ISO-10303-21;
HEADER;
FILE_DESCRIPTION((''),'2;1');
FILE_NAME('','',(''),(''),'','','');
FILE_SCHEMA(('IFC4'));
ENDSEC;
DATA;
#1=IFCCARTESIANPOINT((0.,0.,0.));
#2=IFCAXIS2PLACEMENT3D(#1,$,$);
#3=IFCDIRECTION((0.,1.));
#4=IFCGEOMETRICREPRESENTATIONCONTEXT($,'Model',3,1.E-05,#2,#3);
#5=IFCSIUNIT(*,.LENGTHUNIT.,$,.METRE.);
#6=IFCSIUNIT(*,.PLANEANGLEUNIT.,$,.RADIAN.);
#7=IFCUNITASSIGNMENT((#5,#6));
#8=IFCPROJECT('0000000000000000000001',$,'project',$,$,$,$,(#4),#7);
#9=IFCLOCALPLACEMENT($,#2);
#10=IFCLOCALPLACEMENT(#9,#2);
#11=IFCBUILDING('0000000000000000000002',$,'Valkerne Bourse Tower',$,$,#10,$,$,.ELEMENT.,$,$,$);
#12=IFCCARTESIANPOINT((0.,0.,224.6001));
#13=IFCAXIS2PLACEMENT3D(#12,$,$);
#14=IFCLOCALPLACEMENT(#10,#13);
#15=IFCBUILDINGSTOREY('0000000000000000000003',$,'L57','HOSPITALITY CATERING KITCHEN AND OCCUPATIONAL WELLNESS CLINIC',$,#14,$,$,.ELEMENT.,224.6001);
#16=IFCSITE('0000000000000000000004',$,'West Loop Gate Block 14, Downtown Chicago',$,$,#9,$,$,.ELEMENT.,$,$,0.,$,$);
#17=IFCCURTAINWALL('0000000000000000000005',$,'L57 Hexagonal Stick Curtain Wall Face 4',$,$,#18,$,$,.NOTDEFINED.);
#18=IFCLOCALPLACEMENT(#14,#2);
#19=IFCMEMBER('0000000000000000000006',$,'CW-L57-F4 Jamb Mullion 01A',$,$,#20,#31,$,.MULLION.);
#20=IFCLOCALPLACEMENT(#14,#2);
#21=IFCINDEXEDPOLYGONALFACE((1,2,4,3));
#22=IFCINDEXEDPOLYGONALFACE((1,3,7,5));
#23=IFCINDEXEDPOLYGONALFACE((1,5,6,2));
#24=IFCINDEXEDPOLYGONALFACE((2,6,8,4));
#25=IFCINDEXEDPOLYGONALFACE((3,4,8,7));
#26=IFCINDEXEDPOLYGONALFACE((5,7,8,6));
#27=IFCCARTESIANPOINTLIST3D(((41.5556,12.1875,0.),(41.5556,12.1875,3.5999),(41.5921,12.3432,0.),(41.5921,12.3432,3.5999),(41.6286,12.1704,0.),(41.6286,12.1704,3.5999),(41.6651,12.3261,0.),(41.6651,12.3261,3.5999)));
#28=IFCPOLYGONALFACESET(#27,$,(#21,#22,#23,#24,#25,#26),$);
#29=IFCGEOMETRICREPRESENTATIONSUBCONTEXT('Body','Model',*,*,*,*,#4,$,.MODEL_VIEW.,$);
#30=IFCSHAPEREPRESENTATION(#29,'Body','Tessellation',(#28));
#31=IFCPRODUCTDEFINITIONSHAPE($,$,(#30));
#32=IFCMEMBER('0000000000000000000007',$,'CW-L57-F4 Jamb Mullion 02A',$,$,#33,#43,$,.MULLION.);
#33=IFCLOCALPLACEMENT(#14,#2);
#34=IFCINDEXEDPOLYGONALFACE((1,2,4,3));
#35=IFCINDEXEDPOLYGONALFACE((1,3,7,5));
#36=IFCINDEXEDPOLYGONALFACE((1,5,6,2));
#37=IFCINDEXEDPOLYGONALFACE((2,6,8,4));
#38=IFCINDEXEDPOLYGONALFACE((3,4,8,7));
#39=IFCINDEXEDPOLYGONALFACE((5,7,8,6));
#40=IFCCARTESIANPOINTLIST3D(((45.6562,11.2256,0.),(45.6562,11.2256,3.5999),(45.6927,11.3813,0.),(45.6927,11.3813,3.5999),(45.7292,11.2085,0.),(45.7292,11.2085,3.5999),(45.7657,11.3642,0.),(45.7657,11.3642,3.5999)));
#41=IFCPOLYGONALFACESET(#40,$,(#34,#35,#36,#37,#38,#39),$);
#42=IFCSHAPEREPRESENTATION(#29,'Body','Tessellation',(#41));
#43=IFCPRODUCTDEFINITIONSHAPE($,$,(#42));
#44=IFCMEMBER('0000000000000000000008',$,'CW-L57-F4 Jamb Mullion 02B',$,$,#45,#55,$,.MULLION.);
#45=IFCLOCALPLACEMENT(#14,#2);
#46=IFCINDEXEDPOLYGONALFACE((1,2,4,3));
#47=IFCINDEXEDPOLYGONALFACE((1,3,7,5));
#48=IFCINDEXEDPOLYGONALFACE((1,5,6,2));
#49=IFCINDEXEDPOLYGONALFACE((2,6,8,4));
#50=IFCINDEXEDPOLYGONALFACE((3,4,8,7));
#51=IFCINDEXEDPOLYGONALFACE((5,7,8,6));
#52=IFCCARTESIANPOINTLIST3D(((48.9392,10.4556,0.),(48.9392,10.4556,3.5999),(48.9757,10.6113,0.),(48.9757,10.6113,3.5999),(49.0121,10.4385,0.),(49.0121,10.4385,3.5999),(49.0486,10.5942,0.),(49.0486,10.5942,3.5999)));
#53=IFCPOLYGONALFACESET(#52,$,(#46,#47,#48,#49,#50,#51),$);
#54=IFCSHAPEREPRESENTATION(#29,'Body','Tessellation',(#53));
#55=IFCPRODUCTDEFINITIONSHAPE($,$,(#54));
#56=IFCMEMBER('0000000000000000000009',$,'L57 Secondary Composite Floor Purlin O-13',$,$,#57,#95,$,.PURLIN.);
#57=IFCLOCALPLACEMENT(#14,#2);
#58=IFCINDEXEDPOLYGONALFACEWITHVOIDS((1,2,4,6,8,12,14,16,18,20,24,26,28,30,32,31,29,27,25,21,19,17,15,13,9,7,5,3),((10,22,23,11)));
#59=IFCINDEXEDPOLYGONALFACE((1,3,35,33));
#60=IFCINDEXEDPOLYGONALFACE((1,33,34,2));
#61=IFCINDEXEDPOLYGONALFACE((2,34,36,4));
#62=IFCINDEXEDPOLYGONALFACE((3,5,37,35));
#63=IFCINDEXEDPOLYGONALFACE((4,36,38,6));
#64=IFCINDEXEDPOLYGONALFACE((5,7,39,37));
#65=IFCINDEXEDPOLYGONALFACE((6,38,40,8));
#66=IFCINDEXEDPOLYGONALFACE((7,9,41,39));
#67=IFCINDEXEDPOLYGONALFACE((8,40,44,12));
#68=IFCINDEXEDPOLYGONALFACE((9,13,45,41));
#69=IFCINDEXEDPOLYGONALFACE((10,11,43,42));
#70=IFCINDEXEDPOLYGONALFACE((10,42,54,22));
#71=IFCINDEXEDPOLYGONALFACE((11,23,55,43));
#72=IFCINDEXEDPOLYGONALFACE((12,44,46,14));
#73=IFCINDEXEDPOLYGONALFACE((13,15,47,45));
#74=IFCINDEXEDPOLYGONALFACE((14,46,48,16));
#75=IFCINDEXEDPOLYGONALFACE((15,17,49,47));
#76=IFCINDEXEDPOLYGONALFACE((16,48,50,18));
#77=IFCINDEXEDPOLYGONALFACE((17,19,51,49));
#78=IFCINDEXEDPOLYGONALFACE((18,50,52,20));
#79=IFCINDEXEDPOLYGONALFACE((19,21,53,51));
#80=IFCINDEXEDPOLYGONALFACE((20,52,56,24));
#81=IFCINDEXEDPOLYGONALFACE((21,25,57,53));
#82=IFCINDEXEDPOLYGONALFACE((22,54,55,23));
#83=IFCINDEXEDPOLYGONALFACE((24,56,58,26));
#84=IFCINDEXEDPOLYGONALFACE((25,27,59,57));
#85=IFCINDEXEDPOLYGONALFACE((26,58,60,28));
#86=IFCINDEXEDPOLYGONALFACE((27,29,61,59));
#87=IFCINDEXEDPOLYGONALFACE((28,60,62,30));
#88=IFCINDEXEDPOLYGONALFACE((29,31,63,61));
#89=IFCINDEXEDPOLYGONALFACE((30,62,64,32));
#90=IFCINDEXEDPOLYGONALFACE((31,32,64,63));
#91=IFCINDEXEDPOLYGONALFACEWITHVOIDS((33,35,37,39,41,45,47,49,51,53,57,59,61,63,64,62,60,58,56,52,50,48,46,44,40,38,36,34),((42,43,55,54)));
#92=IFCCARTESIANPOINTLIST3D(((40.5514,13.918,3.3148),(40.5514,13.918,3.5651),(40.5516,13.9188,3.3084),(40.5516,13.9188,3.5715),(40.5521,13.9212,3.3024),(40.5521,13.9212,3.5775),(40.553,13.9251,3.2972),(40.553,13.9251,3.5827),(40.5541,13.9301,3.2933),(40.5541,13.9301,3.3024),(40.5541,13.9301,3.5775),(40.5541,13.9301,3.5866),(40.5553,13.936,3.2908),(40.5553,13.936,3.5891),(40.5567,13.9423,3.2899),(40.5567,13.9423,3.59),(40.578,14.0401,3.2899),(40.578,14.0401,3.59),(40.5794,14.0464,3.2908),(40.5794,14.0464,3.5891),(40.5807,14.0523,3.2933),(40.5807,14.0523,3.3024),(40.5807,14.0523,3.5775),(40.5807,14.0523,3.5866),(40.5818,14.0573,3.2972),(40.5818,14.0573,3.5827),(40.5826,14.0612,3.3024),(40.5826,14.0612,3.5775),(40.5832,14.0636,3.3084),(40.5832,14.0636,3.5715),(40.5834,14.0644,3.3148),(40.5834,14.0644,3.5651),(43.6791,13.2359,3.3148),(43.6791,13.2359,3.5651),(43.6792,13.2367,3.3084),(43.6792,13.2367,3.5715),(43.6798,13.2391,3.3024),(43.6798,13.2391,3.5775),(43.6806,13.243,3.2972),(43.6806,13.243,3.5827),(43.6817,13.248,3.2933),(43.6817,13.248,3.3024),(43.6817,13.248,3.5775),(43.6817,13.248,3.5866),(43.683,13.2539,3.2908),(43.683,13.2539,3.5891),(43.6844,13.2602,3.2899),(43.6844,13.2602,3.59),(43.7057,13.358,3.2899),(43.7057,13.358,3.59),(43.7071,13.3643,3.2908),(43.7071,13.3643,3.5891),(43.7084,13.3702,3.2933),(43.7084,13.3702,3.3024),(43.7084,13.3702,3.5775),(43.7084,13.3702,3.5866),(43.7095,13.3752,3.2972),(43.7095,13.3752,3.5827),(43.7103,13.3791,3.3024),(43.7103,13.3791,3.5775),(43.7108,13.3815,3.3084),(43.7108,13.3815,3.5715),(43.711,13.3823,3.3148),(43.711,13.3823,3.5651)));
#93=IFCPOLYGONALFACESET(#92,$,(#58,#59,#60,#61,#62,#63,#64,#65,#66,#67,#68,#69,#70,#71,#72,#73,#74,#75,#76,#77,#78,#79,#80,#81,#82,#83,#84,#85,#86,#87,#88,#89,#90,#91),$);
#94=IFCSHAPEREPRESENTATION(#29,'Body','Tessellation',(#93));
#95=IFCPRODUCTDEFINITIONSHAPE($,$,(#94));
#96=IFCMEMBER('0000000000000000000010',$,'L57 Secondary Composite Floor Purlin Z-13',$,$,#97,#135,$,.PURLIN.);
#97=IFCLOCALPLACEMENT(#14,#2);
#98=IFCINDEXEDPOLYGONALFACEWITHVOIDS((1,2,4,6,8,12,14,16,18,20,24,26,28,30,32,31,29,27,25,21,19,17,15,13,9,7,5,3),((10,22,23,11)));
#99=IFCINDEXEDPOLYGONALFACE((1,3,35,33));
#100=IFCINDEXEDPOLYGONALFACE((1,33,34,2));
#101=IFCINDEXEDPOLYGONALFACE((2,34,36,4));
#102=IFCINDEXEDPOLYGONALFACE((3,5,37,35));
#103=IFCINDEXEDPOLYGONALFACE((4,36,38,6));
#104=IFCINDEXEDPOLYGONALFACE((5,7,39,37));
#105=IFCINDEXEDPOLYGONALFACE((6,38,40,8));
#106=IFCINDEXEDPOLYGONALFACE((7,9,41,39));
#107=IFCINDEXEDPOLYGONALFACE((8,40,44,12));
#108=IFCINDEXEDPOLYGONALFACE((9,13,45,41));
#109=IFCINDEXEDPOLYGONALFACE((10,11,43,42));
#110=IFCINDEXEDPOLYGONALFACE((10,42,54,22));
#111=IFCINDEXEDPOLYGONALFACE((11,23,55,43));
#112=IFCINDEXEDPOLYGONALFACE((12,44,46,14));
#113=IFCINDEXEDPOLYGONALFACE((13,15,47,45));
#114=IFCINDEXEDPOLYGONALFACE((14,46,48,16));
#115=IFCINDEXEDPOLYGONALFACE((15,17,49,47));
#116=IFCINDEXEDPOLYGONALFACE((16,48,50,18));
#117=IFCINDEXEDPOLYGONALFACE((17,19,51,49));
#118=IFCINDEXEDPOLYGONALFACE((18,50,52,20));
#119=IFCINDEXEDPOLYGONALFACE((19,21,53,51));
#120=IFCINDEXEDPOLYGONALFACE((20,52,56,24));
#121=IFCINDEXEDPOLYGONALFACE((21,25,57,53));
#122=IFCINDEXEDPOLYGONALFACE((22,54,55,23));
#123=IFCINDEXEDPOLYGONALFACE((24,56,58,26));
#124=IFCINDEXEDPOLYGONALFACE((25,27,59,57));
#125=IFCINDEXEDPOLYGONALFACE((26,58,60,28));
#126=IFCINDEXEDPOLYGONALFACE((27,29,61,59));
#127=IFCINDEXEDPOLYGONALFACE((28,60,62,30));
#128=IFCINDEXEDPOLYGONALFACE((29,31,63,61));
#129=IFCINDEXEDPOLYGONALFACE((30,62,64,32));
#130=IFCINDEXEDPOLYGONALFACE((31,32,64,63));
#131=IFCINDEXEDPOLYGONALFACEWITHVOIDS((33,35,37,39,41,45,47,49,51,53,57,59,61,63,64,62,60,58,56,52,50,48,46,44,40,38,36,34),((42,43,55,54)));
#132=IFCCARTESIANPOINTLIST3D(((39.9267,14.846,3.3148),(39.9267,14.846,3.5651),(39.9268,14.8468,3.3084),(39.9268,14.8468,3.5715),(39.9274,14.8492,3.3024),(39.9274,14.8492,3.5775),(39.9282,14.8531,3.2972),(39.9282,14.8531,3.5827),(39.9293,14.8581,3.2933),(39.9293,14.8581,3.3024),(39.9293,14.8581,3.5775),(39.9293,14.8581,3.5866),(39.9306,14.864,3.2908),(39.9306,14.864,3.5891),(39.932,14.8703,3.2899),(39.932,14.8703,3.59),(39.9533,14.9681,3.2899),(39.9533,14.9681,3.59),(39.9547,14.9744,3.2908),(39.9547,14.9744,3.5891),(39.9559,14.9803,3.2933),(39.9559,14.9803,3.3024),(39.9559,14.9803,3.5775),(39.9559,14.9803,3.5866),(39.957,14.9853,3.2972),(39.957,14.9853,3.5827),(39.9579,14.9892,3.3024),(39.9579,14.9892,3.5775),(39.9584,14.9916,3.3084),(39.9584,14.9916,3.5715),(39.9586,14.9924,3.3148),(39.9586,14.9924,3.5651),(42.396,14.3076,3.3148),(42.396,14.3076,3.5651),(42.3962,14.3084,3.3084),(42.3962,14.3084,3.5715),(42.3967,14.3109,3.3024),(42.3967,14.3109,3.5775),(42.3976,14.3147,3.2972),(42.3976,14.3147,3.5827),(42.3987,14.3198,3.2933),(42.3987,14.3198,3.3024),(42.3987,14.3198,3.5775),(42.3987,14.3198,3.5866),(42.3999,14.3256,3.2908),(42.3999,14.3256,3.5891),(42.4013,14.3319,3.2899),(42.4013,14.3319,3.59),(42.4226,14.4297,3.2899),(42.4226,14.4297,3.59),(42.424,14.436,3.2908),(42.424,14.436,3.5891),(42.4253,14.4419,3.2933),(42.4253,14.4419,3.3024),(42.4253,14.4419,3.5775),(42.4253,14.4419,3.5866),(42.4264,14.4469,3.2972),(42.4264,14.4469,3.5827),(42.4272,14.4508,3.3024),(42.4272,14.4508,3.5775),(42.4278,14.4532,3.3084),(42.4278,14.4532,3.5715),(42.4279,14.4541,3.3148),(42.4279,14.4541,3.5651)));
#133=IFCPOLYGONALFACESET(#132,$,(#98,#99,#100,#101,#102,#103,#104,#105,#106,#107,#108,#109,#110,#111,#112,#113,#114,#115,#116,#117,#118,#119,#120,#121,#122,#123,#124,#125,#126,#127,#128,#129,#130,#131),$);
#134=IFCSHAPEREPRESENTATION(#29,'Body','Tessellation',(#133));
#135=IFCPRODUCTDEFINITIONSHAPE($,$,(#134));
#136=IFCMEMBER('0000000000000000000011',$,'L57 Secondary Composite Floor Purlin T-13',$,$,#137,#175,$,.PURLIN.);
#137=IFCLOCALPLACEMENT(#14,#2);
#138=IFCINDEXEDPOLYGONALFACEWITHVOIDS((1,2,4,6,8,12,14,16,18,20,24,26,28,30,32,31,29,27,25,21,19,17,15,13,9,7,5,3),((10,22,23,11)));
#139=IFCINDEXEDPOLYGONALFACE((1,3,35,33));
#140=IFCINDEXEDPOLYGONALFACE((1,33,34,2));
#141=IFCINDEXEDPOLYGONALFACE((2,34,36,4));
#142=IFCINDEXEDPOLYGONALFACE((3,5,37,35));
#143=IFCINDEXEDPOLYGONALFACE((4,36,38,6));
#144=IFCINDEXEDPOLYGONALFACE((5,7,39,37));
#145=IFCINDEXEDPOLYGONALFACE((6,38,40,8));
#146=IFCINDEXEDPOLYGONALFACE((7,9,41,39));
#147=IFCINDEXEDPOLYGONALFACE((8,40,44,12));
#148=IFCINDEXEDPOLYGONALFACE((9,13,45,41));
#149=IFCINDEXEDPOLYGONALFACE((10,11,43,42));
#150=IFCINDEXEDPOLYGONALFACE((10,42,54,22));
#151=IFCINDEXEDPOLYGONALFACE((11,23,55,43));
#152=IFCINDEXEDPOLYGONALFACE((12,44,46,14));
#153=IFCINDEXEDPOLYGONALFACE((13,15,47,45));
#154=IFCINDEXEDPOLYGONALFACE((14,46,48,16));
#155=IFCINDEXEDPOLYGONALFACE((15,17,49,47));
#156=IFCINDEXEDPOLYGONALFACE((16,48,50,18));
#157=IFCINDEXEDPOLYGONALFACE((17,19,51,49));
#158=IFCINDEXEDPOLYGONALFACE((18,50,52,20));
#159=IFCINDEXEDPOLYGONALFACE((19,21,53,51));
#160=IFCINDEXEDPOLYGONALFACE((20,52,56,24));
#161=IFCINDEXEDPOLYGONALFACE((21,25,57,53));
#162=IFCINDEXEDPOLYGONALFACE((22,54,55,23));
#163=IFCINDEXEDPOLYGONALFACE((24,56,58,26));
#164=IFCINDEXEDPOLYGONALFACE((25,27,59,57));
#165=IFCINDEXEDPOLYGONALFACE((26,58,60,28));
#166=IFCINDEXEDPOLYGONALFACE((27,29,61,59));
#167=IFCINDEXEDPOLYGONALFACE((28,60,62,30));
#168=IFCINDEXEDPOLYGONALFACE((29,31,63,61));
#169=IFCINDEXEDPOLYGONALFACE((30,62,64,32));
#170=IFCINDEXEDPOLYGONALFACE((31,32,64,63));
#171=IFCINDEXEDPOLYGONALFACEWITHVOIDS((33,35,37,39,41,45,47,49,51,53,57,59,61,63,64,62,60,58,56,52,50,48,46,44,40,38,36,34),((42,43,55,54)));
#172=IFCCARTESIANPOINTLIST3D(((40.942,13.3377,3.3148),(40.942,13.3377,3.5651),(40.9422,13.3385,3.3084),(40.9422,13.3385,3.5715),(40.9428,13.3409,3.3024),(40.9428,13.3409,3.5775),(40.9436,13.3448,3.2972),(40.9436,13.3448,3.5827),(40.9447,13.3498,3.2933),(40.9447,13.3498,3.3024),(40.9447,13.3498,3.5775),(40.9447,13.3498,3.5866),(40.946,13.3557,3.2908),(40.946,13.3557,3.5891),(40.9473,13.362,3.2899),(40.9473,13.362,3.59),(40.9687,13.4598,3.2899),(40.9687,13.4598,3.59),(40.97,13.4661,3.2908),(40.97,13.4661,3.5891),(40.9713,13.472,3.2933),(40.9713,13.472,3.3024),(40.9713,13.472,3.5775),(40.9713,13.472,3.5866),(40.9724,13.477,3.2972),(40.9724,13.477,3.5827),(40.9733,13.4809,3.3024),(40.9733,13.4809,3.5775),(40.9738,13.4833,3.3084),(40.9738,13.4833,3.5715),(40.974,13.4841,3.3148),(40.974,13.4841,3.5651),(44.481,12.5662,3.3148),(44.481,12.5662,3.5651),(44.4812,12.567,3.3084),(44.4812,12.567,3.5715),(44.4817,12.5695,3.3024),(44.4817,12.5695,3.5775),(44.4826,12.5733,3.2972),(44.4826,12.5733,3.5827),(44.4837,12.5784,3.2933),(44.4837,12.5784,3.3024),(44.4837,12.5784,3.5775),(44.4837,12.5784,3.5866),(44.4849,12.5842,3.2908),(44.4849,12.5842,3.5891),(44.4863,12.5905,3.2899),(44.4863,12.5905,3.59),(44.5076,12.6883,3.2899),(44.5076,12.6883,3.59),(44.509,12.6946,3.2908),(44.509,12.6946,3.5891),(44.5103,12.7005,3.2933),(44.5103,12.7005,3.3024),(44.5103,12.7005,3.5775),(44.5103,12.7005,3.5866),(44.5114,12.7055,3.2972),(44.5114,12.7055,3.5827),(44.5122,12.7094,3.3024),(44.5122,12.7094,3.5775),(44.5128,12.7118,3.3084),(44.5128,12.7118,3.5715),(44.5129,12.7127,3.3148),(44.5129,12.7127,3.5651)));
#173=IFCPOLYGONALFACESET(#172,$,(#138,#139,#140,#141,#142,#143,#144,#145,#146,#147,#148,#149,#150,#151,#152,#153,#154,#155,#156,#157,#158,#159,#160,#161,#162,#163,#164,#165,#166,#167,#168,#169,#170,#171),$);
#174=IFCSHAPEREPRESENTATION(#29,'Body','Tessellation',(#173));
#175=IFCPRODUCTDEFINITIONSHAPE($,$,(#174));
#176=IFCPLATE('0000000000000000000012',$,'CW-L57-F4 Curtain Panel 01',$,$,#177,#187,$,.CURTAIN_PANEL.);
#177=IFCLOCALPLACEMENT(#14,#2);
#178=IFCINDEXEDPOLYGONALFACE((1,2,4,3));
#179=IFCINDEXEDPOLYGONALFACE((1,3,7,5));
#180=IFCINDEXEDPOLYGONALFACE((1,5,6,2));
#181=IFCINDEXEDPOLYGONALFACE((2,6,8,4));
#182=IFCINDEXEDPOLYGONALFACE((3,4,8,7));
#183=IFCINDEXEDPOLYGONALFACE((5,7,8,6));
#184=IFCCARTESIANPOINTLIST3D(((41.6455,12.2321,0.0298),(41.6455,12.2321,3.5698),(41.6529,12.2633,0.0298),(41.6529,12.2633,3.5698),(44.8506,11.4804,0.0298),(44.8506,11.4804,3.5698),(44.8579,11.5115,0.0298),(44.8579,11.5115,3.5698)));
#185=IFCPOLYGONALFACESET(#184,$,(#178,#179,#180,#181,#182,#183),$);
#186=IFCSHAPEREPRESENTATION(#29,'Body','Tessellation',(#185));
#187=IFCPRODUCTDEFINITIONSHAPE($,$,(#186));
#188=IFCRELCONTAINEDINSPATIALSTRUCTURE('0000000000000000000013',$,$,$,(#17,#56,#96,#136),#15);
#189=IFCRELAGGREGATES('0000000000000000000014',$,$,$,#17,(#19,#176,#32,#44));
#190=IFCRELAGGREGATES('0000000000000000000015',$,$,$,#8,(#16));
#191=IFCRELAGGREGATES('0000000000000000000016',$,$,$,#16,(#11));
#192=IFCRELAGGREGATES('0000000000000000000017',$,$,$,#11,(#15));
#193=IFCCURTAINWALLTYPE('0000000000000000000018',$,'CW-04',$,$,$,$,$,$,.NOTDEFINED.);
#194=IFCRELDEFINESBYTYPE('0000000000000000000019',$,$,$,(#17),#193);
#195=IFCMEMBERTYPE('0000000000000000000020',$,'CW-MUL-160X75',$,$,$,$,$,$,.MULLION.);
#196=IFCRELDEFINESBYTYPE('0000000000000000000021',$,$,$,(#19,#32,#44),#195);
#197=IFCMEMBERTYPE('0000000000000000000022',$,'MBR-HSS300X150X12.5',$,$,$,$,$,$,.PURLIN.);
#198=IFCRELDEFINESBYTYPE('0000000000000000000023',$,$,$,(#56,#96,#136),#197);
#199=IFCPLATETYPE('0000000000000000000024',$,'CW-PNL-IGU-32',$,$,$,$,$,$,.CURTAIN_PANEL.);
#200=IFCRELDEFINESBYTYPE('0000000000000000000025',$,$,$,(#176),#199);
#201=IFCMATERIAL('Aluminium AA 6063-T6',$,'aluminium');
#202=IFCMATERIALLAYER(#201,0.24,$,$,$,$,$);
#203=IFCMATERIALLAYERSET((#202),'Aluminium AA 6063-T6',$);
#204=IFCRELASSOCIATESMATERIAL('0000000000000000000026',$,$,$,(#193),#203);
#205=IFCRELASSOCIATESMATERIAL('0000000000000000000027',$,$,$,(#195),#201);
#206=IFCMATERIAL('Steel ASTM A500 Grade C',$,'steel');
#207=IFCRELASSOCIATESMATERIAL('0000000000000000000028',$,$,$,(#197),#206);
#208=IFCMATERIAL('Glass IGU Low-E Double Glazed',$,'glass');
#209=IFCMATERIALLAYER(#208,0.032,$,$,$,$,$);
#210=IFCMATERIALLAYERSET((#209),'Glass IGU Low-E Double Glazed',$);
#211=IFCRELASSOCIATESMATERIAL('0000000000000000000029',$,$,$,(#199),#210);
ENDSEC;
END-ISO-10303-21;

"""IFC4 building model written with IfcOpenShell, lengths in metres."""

from ifc_helpers import new_model, si_unit, direction, frame, origin, origin_2d, place, context, subcontext, project, spatial, rectangle, hollow_rectangle, extrude, material, layer, layer_set, material_profile, profile_set, type_object, element, aggregate, save


model = new_model("IFC4")

# Units and contexts
model_context = context("Model", 3, precision=1e-05, world=origin(), true_north=direction((0.0, 1.0)))
body_context = subcontext(model_context, "Body", "Model", "MODEL_VIEW")
ifc_project = project(units=[si_unit("LENGTHUNIT", "METRE"), si_unit("PLANEANGLEUNIT", "RADIAN")], contexts=[model_context])

# Site, building, storey
site_placement = place(None, origin())
site = spatial("IfcSite", under=ifc_project, at=site_placement, Name="West Loop Gate Block 14, Downtown Chicago", CompositionType="ELEMENT", RefElevation=0.0)
building_placement = place(site_placement, origin())
building = spatial("IfcBuilding", under=site, at=building_placement, Name="Valkerne Bourse Tower", CompositionType="ELEMENT")
storey_placement = place(building_placement, frame((0.0, 0.0, 224.6001)))
storey = spatial("IfcBuildingStorey", under=building, at=storey_placement, Name="L57", Description="HOSPITALITY CATERING KITCHEN AND OCCUPATIONAL WELLNESS CLINIC", CompositionType="ELEMENT", Elevation=224.6001)

# Curtain wall, members
ifc_material_1 = material(Name="Aluminium AA 6063-T6", Category="aluminium")
ifc_layer_1 = layer(ifc_material_1, 0.24)
ifc_layer_set_1 = layer_set([ifc_layer_1], Name="Aluminium AA 6063-T6")
curtain_wall_type = type_object("IfcCurtainWallType", Name="CW-04", PredefinedType="NOTDEFINED", material=ifc_layer_set_1)
curtain_wall_placement = place(storey_placement, origin())
curtain_wall = element("IfcCurtainWall", 1, at=curtain_wall_placement, inside=storey, type_object=curtain_wall_type, Name="L57 Hexagonal Stick Curtain Wall Face 4", PredefinedType="NOTDEFINED")
ifc_material_profile_1 = material_profile(ifc_material_1, rectangle(XDim=0.075, YDim=0.1599, at=origin_2d()), Name="CWM-75X160")
ifc_profile_set_1 = profile_set([ifc_material_profile_1], Name="Aluminium AA 6063-T6")
member_type_1 = type_object("IfcMemberType", Name="CW-MUL-160X75", PredefinedType="MULLION", material=ifc_profile_set_1)
member_1_placement = place(storey_placement, frame((41.6104, 12.2568, 0.0), z_axis=(0.0, 0.0, 1.0), x_axis=(0.973579, -0.228349, 0.0)))
member_1 = element("IfcMember", 2, at=member_1_placement, type_object=member_type_1, Name="CW-L57-F4 Jamb Mullion 01A", PredefinedType="MULLION", context=body_context, shape_type="SweptSolid", body=[
    extrude(rectangle(XDim=0.075, YDim=0.1599, at=origin_2d()), origin(), (0.0, 0.0, 1.0), 3.5999),
])
member_2_placement = place(storey_placement, frame((45.7109, 11.2949, 0.0), z_axis=(0.0, 0.0, 1.0), x_axis=(0.973579, -0.228349, 0.0)))
member_2 = element("IfcMember", 3, at=member_2_placement, type_object=member_type_1, Name="CW-L57-F4 Jamb Mullion 02A", PredefinedType="MULLION", context=body_context, shape_type="SweptSolid", body=[
    extrude(rectangle(XDim=0.075, YDim=0.1599, at=origin_2d()), origin(), (0.0, 0.0, 1.0), 3.5999),
])
member_3_placement = place(storey_placement, frame((48.9939, 10.5249, 0.0), z_axis=(0.0, 0.0, 1.0), x_axis=(0.973579, -0.228349, 0.0)))
member_3 = element("IfcMember", 4, at=member_3_placement, type_object=member_type_1, Name="CW-L57-F4 Jamb Mullion 02B", PredefinedType="MULLION", context=body_context, shape_type="SweptSolid", body=[
    extrude(rectangle(XDim=0.075, YDim=0.1599, at=origin_2d()), origin(), (0.0, 0.0, 1.0), 3.5999),
])

# Members
ifc_material_2 = material(Name="Steel ASTM A500 Grade C", Category="steel")
ifc_material_profile_2 = material_profile(ifc_material_2, hollow_rectangle(XDim=0.1499, YDim=0.3, WallThickness=0.0125, OuterFilletRadius=0.0249, at=origin_2d()), Name="HSS300X150X12.5")
ifc_profile_set_2 = profile_set([ifc_material_profile_2], Name="Steel ASTM A500 Grade C")
member_type_2 = type_object("IfcMemberType", Name="MBR-HSS300X150X12.5", PredefinedType="PURLIN", material=ifc_profile_set_2)
member_4_placement = place(storey_placement, frame((40.5674, 13.9912, 3.4399), z_axis=(0.977034, -0.213085, 0.0), x_axis=(0.213085, 0.977034, 0.0)))
element("IfcMember", 5, at=member_4_placement, inside=storey, type_object=member_type_2, Name="L57 Secondary Composite Floor Purlin O-13", PredefinedType="PURLIN", context=body_context, shape_type="SweptSolid", body=[
    extrude(hollow_rectangle(XDim=0.1499, YDim=0.3, WallThickness=0.0125, OuterFilletRadius=0.0249, at=origin_2d()), origin(), (0.0, 0.0, 1.0), 3.2012),
])
member_5_placement = place(storey_placement, frame((39.9426, 14.9192, 3.4399), z_axis=(0.97705, -0.213011, 0.0), x_axis=(0.213011, 0.97705, 0.0)))
element("IfcMember", 6, at=member_5_placement, inside=storey, type_object=member_type_2, Name="L57 Secondary Composite Floor Purlin Z-13", PredefinedType="PURLIN", context=body_context, shape_type="SweptSolid", body=[
    extrude(hollow_rectangle(XDim=0.1499, YDim=0.3, WallThickness=0.0125, OuterFilletRadius=0.0249, at=origin_2d()), origin(), (0.0, 0.0, 1.0), 2.5273),
])
member_6_placement = place(storey_placement, frame((40.958, 13.4109, 3.4399), z_axis=(0.977055, -0.212989, 0.0), x_axis=(0.212989, 0.977055, 0.0)))
element("IfcMember", 7, at=member_6_placement, inside=storey, type_object=member_type_2, Name="L57 Secondary Composite Floor Purlin T-13", PredefinedType="PURLIN", context=body_context, shape_type="SweptSolid", body=[
    extrude(hollow_rectangle(XDim=0.1499, YDim=0.3, WallThickness=0.0125, OuterFilletRadius=0.0249, at=origin_2d()), origin(), (0.0, 0.0, 1.0), 3.6221),
])

# Plate
ifc_material_3 = material(Name="Glass IGU Low-E Double Glazed", Category="glass")
ifc_layer_2 = layer(ifc_material_3, 0.032)
ifc_layer_set_2 = layer_set([ifc_layer_2], Name="Glass IGU Low-E Double Glazed")
plate_type = type_object("IfcPlateType", Name="CW-PNL-IGU-32", PredefinedType="CURTAIN_PANEL", material=ifc_layer_set_2)
plate_1_placement = place(storey_placement, frame((43.2517, 11.8718, 0.0298), z_axis=(0.0, 0.0, 1.0), x_axis=(0.973579, -0.228349, 0.0)))
plate_1 = element("IfcPlate", 8, at=plate_1_placement, type_object=plate_type, Name="CW-L57-F4 Curtain Panel 01", PredefinedType="CURTAIN_PANEL", context=body_context, shape_type="SweptSolid", body=[
    extrude(rectangle(XDim=3.292, YDim=0.032, at=origin_2d()), origin(), (0.0, 0.0, 1.0), 3.54),
])
aggregate(curtain_wall, [member_1, plate_1, member_2, member_3])

save(model, "model.ifc")
